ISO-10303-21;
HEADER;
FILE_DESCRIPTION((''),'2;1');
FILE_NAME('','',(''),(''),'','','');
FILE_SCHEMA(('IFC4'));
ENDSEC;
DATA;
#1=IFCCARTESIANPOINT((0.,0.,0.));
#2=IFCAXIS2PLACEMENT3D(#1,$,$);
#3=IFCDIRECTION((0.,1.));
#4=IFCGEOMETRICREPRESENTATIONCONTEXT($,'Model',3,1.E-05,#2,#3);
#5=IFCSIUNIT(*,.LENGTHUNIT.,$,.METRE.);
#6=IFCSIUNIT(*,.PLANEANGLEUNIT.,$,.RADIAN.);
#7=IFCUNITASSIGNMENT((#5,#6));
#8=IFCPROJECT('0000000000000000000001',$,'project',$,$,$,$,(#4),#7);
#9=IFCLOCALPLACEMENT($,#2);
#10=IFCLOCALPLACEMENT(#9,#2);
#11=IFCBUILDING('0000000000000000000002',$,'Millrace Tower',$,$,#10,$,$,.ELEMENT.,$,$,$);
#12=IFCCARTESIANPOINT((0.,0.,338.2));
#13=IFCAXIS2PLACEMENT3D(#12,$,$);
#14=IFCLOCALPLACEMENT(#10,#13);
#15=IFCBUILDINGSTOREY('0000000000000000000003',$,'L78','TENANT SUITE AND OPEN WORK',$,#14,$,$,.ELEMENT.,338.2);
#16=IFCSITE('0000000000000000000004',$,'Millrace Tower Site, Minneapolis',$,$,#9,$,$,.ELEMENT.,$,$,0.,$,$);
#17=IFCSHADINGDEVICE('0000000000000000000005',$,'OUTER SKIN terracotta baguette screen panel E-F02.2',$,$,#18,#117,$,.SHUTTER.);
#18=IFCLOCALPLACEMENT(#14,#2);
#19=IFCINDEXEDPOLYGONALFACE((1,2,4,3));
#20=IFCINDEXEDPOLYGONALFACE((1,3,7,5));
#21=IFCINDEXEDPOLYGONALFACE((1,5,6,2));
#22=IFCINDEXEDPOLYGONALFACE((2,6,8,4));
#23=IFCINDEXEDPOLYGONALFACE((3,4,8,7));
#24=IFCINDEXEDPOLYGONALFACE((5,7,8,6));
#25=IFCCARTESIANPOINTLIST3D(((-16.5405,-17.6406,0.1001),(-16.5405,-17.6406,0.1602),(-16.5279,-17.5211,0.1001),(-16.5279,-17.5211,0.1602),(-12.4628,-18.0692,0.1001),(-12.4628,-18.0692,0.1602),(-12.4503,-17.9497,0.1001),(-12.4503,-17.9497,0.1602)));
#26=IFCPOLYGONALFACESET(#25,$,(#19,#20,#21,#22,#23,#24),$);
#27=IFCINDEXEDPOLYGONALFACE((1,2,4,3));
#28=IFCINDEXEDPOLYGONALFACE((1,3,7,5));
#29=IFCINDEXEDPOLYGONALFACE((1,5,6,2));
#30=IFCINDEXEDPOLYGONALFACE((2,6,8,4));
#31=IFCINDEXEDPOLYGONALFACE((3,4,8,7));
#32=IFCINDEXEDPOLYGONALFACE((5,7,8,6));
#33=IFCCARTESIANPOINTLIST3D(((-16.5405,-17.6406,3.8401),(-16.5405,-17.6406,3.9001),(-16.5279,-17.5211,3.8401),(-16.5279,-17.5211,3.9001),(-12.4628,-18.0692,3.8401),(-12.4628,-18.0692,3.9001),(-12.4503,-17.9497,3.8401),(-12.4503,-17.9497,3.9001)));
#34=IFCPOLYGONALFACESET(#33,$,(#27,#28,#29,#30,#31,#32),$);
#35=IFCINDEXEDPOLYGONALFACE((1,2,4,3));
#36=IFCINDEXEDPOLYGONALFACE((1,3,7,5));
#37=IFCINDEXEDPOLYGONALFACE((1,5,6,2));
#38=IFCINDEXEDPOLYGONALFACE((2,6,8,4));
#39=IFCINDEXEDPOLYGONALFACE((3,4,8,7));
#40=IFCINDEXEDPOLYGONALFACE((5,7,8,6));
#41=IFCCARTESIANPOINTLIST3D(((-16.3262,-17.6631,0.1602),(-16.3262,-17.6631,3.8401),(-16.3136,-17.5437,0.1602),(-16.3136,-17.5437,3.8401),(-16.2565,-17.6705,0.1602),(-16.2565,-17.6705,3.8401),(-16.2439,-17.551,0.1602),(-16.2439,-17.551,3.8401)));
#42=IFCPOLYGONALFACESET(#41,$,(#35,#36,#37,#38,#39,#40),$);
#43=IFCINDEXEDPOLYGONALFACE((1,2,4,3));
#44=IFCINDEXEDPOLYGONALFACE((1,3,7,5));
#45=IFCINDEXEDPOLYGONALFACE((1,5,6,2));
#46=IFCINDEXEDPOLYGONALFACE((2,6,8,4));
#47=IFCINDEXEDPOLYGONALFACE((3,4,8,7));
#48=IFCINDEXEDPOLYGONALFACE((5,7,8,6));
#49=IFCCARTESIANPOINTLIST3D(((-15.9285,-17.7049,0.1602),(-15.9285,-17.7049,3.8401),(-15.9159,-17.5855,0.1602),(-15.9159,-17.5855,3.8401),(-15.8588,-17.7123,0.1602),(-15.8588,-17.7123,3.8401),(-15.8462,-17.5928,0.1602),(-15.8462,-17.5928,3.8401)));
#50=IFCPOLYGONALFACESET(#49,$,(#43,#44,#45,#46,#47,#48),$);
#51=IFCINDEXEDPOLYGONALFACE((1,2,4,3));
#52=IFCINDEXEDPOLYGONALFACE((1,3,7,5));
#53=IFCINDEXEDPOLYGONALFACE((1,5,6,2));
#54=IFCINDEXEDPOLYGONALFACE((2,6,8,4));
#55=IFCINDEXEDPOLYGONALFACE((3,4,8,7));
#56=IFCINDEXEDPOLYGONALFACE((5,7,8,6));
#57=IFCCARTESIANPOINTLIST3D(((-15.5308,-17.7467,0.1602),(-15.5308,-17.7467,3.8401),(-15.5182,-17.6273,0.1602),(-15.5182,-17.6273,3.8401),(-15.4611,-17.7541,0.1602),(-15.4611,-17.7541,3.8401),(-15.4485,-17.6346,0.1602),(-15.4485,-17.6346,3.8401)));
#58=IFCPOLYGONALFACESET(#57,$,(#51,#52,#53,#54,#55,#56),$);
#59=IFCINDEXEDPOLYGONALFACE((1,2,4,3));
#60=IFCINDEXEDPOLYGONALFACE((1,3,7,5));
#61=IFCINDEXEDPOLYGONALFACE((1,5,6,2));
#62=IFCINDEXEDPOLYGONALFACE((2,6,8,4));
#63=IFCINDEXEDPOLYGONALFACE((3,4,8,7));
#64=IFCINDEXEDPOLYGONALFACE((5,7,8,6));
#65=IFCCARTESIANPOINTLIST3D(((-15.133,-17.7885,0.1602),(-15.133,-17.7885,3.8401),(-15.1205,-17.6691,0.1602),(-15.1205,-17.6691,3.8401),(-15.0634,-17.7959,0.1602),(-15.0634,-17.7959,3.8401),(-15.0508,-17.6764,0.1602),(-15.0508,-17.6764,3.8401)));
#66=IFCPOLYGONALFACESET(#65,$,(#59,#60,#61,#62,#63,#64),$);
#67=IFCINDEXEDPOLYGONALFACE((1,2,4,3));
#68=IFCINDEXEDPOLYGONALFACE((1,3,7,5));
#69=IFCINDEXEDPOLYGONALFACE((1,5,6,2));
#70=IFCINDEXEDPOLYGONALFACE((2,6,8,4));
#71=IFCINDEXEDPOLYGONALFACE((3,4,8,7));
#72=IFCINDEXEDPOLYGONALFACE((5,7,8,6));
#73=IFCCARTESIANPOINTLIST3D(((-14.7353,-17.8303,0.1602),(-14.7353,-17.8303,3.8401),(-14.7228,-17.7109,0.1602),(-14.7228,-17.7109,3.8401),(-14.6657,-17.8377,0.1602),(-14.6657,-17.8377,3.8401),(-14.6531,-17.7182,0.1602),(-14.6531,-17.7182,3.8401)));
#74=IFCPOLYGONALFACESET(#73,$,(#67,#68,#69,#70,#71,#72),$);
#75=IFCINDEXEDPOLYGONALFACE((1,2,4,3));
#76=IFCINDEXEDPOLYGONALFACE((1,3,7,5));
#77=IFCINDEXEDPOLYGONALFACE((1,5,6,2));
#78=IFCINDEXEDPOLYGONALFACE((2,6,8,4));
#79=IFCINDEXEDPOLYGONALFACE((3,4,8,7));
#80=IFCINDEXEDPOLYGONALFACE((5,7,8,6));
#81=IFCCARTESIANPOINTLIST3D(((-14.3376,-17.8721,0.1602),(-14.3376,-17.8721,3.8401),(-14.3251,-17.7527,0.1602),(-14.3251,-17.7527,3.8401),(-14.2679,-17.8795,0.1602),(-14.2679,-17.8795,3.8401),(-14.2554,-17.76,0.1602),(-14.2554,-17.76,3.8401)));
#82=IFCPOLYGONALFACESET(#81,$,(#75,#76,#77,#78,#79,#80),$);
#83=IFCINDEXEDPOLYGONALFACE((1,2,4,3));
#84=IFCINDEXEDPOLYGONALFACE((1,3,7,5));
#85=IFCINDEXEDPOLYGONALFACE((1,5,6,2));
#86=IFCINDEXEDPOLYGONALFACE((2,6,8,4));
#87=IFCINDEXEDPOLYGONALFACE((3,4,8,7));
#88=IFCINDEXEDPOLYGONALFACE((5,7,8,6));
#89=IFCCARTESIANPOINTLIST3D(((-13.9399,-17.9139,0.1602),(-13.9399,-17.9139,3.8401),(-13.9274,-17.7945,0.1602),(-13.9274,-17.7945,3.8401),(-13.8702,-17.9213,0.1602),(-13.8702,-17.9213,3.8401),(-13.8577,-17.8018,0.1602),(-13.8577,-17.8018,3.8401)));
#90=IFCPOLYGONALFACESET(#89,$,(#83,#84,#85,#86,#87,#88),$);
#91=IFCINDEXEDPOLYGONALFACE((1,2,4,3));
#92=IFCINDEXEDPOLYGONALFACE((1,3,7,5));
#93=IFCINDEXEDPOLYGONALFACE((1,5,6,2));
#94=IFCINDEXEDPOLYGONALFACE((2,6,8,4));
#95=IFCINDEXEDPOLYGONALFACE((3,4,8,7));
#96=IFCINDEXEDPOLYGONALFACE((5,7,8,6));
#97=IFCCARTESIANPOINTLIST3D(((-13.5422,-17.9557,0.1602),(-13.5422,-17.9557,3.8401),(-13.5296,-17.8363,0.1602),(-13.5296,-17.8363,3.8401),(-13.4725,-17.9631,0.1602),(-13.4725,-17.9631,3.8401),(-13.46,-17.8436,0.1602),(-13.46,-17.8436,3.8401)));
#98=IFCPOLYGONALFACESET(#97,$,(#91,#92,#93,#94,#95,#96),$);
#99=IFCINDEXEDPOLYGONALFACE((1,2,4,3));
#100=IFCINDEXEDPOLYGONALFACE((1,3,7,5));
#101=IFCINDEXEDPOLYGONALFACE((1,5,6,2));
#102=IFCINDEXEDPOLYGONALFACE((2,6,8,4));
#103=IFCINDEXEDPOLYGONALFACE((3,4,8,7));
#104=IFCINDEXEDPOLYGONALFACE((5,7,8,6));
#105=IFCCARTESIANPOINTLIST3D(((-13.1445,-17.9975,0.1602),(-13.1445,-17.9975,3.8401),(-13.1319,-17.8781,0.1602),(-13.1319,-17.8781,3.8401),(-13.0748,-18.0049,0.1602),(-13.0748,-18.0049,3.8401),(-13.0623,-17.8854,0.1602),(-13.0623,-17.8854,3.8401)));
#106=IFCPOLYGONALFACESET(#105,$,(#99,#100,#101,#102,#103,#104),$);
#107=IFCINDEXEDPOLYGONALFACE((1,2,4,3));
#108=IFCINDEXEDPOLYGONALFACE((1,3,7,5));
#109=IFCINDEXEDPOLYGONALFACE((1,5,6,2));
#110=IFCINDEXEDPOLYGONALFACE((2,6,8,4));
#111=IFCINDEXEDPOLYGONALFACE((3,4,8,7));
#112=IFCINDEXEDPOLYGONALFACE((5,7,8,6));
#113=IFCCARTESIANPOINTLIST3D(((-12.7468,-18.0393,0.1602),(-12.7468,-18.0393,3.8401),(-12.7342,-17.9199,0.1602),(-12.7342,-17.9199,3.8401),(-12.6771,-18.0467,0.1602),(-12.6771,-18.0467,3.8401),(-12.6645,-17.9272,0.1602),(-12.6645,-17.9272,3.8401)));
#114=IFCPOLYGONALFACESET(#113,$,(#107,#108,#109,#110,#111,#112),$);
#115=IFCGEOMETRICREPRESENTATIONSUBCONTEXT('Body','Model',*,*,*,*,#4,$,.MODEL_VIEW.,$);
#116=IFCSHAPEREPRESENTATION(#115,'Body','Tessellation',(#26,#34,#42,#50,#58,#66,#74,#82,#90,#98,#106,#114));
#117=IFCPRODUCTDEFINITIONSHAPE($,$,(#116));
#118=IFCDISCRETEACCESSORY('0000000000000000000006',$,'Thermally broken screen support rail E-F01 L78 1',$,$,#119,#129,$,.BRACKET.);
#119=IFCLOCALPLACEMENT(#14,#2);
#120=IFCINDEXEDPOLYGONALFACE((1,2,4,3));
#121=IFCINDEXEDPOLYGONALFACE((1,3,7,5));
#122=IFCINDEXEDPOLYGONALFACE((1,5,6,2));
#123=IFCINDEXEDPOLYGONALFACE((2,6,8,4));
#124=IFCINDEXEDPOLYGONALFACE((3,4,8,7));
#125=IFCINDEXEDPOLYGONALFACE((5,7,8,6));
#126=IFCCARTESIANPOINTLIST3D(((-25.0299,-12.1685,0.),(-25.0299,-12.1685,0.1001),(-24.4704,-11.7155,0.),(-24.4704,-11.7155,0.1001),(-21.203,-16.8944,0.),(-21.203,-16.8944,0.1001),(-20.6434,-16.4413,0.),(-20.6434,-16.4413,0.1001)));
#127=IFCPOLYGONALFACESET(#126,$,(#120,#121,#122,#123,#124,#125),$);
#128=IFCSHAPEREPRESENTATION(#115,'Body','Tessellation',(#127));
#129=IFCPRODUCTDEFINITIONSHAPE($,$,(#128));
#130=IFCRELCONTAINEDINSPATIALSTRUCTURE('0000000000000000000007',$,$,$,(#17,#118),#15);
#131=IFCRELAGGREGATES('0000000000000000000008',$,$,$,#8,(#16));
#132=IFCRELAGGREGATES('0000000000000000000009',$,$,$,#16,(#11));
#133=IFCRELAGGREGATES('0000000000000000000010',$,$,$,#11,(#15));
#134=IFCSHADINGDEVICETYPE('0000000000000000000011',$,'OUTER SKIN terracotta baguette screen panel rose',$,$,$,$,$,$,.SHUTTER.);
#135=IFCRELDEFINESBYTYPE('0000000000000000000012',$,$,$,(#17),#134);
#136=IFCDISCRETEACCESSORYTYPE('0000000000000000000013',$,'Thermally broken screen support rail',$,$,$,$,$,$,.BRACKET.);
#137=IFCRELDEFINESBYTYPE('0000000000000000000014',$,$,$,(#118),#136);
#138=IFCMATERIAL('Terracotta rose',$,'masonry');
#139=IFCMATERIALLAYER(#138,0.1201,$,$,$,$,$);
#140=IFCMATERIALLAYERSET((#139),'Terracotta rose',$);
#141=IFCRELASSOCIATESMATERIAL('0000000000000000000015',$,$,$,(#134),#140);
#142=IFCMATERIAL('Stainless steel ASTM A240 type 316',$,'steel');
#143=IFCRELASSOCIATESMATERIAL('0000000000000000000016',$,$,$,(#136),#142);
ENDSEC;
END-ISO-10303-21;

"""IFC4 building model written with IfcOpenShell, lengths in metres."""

from ifc_helpers import new_model, entity, si_unit, direction, frame, frame_2d, origin, origin_2d, place, context, subcontext, project, spatial, rectangle, extrude, source, transform, mapped, material, layer, layer_set, type_object, element, save


model = new_model("IFC4")

# Units and contexts
model_context = context("Model", 3, precision=1e-05, world=origin(), true_north=direction((0.0, 1.0)))
body_context = subcontext(model_context, "Body", "Model", "MODEL_VIEW")
ifc_project = project(units=[si_unit("LENGTHUNIT", "METRE"), si_unit("PLANEANGLEUNIT", "RADIAN")], contexts=[model_context])

# Site, building, storey
site_placement = place(None, origin())
site = spatial("IfcSite", under=ifc_project, at=site_placement, Name="Millrace Tower Site, Minneapolis", CompositionType="ELEMENT", RefElevation=0.0)
building_placement = place(site_placement, origin())
building = spatial("IfcBuilding", under=site, at=building_placement, Name="Millrace Tower", CompositionType="ELEMENT")
storey_placement = place(building_placement, frame((0.0, 0.0, 338.2)))
storey = spatial("IfcBuildingStorey", under=building, at=storey_placement, Name="L78", Description="TENANT SUITE AND OPEN WORK", CompositionType="ELEMENT", Elevation=338.2)

# Shading device
ifc_material_1 = material(Name="Terracotta rose", Category="masonry")
ifc_layer_1 = layer(ifc_material_1, 0.1201)
ifc_layer_set_1 = layer_set([ifc_layer_1], Name="Terracotta rose")
shading_device_type = type_object("IfcShadingDeviceType", Name="OUTER SKIN terracotta baguette screen panel rose", PredefinedType="SHUTTER", material=ifc_layer_set_1)
cartesian_point_1 = entity("IfcCartesianPoint", [-2.05, 0.0601])
shared_polyline_1 = entity("IfcPolyline", [cartesian_point_1, entity("IfcCartesianPoint", [2.05, 0.0601]), entity("IfcCartesianPoint", [2.05, -0.0601]), entity("IfcCartesianPoint", [-2.05, -0.0601]), cartesian_point_1])
shared_shape_1 = source(origin(), body_context, "Body", "SweptSolid", [
    entity("IfcExtrudedAreaSolid", entity("IfcArbitraryClosedProfileDef", "AREA", None, shared_polyline_1), entity("IfcAxis2Placement3D", entity("IfcCartesianPoint", [0.0, 0.0, 0.0])), entity("IfcDirection", [0.0, 0.0, 1.0]), 0.0601),
    entity("IfcExtrudedAreaSolid", entity("IfcArbitraryClosedProfileDef", "AREA", None, shared_polyline_1), entity("IfcAxis2Placement3D", entity("IfcCartesianPoint", [0.0, 0.0, 3.74])), entity("IfcDirection", [0.0, 0.0, 1.0]), 0.0601),
    extrude(rectangle(XDim=0.0701, YDim=0.1201, at=frame_2d((-1.7996, 0.0))), frame((0.0, 0.0, 0.0601)), (0.0, 0.0, 1.0), 3.6799),
    extrude(rectangle(XDim=0.0701, YDim=0.1201, at=frame_2d((-1.3997, 0.0))), frame((0.0, 0.0, 0.0601)), (0.0, 0.0, 1.0), 3.6799),
    extrude(rectangle(XDim=0.0701, YDim=0.1201, at=frame_2d((-0.9998, 0.0))), frame((0.0, 0.0, 0.0601)), (0.0, 0.0, 1.0), 3.6799),
    extrude(rectangle(XDim=0.0701, YDim=0.1201, at=frame_2d((-0.5999, 0.0))), frame((0.0, 0.0, 0.0601)), (0.0, 0.0, 1.0), 3.6799),
    extrude(rectangle(XDim=0.0701, YDim=0.1201, at=frame_2d((-0.2, 0.0))), frame((0.0, 0.0, 0.0601)), (0.0, 0.0, 1.0), 3.6799),
    extrude(rectangle(XDim=0.0701, YDim=0.1201, at=frame_2d((0.2, 0.0))), frame((0.0, 0.0, 0.0601)), (0.0, 0.0, 1.0), 3.6799),
    extrude(rectangle(XDim=0.0701, YDim=0.1201, at=frame_2d((0.5999, 0.0))), frame((0.0, 0.0, 0.0601)), (0.0, 0.0, 1.0), 3.6799),
    extrude(rectangle(XDim=0.0701, YDim=0.1201, at=frame_2d((0.9998, 0.0))), frame((0.0, 0.0, 0.0601)), (0.0, 0.0, 1.0), 3.6799),
    extrude(rectangle(XDim=0.0701, YDim=0.1201, at=frame_2d((1.3997, 0.0))), frame((0.0, 0.0, 0.0601)), (0.0, 0.0, 1.0), 3.6799),
    extrude(rectangle(XDim=0.0701, YDim=0.1201, at=frame_2d((1.7996, 0.0))), frame((0.0, 0.0, 0.0601)), (0.0, 0.0, 1.0), 3.6799),
])
shading_device_1_placement = place(storey_placement, frame((-14.4954, -17.7952, 0.1001), z_axis=(0.0, 0.0, 1.0), x_axis=(0.994522, -0.104528, 0.0)))
element("IfcShadingDevice", 1, at=shading_device_1_placement, inside=storey, type_object=shading_device_type, Name="OUTER SKIN terracotta baguette screen panel E-F02.2", PredefinedType="SHUTTER", context=body_context, shape_type="MappedRepresentation", body=[
    mapped(shared_shape_1, transform((0.0, 0.0, 0.0), scale=1.0)),
])

# Discrete accessory
ifc_material_2 = material(Name="Stainless steel ASTM A240 type 316", Category="steel")
discrete_accessory_type = type_object("IfcDiscreteAccessoryType", Name="Thermally broken screen support rail", PredefinedType="BRACKET", material=ifc_material_2)
discrete_accessory_placement = place(storey_placement, frame((-22.8367, -14.3049, 0.0), z_axis=(0.0, 0.0, 1.0), x_axis=(0.62932, -0.777146, 0.0)))
element("IfcDiscreteAccessory", 2, at=discrete_accessory_placement, inside=storey, type_object=discrete_accessory_type, Name="Thermally broken screen support rail E-F01 L78 1", PredefinedType="BRACKET", context=body_context, shape_type="SweptSolid", body=[
    extrude(rectangle(XDim=6.0811, YDim=0.72, at=origin_2d()), origin(), (0.0, 0.0, 1.0), 0.1001),
])

save(model, "model.ifc")
